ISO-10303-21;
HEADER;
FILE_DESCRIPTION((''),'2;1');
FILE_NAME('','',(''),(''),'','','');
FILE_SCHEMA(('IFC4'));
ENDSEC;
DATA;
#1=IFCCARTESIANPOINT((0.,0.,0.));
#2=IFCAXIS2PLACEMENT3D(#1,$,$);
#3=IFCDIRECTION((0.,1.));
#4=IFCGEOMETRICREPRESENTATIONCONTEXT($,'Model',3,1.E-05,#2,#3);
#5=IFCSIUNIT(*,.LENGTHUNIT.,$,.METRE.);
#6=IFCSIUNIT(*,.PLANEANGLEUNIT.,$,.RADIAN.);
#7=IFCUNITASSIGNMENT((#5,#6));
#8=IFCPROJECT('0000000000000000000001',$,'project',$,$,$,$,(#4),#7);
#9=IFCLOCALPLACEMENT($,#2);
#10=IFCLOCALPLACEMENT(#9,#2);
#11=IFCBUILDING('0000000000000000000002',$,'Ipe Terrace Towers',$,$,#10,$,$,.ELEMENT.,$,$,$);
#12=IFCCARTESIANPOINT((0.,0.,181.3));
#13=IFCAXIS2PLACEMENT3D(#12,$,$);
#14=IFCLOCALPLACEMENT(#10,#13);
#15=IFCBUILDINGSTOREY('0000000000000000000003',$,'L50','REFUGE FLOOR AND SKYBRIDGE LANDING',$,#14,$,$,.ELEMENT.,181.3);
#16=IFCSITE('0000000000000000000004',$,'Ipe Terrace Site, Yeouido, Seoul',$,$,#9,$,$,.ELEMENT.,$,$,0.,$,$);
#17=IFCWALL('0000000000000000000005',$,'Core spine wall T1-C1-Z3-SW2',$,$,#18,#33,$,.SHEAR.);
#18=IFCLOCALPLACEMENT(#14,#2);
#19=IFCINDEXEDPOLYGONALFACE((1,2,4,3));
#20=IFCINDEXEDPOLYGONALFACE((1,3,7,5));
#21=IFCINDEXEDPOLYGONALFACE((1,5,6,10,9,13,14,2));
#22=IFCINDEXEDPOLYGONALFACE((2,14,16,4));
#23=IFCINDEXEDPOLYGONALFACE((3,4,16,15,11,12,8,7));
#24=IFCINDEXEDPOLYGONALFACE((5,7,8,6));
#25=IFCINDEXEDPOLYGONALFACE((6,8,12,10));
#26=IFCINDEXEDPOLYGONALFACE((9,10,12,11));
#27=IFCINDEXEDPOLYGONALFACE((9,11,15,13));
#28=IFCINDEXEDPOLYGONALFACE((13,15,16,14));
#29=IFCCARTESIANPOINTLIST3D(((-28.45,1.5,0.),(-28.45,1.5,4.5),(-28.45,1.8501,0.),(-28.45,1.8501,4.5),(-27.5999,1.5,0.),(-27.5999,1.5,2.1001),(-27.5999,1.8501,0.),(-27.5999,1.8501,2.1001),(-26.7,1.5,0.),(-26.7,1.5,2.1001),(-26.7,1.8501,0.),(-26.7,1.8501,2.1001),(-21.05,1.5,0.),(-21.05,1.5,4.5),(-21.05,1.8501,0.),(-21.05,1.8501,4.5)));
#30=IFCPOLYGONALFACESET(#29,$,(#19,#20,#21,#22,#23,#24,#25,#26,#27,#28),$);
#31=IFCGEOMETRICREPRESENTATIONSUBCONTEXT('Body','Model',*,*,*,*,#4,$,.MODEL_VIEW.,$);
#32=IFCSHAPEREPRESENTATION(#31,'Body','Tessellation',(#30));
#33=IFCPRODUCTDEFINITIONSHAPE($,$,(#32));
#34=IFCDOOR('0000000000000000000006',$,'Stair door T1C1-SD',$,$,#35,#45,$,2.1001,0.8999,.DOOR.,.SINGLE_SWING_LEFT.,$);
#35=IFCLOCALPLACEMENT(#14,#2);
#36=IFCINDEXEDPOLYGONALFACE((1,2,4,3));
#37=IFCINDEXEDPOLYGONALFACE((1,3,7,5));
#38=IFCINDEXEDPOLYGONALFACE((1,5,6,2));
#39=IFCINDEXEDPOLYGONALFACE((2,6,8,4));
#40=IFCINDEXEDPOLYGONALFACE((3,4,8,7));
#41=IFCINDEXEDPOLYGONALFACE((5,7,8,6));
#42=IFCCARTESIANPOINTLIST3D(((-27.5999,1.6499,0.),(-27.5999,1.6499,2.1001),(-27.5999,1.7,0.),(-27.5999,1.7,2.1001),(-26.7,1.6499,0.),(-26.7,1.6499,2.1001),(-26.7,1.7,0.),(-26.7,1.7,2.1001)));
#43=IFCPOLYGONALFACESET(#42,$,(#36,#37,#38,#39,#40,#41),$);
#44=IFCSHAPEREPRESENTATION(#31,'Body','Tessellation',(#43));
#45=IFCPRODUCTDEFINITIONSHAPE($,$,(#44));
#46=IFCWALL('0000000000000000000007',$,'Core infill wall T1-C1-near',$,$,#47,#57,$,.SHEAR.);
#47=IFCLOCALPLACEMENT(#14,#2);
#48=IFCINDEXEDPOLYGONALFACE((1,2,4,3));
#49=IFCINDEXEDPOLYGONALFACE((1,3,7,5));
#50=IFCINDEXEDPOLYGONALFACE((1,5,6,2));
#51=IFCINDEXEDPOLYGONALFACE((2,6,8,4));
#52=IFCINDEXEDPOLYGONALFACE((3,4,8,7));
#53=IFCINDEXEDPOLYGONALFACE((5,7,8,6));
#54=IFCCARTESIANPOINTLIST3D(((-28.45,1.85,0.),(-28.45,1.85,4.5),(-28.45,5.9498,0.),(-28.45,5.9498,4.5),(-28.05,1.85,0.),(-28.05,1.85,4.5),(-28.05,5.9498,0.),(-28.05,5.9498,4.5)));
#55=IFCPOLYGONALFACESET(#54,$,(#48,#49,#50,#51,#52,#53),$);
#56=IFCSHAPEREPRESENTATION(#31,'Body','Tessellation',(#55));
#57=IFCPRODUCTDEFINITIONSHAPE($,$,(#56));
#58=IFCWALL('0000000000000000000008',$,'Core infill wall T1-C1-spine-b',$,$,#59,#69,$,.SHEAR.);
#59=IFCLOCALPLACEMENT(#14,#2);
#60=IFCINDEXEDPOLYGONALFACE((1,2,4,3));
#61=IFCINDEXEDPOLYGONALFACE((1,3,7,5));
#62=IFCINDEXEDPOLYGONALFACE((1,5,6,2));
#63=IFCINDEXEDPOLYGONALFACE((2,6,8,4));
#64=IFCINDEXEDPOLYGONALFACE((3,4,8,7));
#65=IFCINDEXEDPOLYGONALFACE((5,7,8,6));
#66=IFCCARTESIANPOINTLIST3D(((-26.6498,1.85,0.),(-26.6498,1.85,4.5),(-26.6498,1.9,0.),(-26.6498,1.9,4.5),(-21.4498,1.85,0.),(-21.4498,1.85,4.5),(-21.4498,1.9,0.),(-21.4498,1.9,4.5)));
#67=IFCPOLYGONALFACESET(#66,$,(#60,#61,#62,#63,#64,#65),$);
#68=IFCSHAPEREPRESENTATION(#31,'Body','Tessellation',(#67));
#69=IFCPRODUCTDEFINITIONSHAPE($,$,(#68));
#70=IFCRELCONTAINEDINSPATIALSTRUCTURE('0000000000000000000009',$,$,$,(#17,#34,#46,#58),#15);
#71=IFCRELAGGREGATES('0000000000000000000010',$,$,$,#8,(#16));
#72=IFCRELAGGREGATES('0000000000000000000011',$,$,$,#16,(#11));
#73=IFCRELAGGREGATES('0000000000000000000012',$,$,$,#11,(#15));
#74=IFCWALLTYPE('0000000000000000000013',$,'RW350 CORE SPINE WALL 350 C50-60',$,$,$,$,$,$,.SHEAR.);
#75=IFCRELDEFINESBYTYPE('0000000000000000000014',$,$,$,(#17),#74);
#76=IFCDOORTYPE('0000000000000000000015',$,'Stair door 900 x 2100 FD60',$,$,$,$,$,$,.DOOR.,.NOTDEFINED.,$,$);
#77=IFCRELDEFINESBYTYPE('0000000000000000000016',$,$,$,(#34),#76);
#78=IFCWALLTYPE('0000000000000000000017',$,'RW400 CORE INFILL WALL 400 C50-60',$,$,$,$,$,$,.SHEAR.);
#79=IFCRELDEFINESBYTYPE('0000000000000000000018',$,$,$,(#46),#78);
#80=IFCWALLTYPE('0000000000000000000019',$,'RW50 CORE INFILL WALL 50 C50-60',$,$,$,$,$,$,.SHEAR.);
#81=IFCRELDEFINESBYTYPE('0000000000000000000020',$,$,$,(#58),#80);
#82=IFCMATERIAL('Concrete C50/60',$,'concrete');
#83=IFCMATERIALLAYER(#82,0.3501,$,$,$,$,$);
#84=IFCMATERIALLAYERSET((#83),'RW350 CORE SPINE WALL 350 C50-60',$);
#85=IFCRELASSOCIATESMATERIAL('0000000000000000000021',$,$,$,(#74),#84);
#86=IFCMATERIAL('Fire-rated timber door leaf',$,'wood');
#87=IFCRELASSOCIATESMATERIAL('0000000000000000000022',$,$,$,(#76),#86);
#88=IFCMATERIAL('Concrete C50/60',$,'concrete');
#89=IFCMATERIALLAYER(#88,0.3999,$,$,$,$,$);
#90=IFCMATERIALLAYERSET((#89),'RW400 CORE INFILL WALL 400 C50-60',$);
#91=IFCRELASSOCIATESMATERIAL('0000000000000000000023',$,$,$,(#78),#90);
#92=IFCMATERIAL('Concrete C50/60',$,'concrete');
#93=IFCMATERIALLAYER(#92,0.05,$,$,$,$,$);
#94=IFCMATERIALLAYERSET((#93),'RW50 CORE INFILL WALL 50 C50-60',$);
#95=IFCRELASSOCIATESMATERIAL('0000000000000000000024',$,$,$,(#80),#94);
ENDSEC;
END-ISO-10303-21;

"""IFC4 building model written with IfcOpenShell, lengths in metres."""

from ifc_helpers import new_model, si_unit, direction, frame, frame_2d, origin, place, context, subcontext, project, spatial, rectangle, extrude, material, layer, layer_set, type_object, element, fill, save


model = new_model("IFC4")

# Units and contexts
model_context = context("Model", 3, precision=1e-05, world=origin(), true_north=direction((0.0, 1.0)))
body_context = subcontext(model_context, "Body", "Model", "MODEL_VIEW")
ifc_project = project(units=[si_unit("LENGTHUNIT", "METRE"), si_unit("PLANEANGLEUNIT", "RADIAN")], contexts=[model_context])

# Site, building, storey
site_placement = place(None, origin())
site = spatial("IfcSite", under=ifc_project, at=site_placement, Name="Ipe Terrace Site, Yeouido, Seoul", CompositionType="ELEMENT", RefElevation=0.0)
building_placement = place(site_placement, origin())
building = spatial("IfcBuilding", under=site, at=building_placement, Name="Ipe Terrace Towers", CompositionType="ELEMENT")
storey_placement = place(building_placement, frame((0.0, 0.0, 181.3)))
storey = spatial("IfcBuildingStorey", under=building, at=storey_placement, Name="L50", Description="REFUGE FLOOR AND SKYBRIDGE LANDING", CompositionType="ELEMENT", Elevation=181.3)

# Shared definitions
ifc_material_1 = material(Name="Concrete C50/60", Category="concrete")
ifc_layer_1 = layer(ifc_material_1, 0.3501)
ifc_layer_set_1 = layer_set([ifc_layer_1], Name="RW350 CORE SPINE WALL 350 C50-60")
wall_type_1 = type_object("IfcWallType", Name="RW350 CORE SPINE WALL 350 C50-60", PredefinedType="SHEAR", material=ifc_layer_set_1)

# Wall, opening, door
wall_1_placement = place(storey_placement, frame((-28.45, 1.675, 0.0), z_axis=(0.0, 0.0, 1.0), x_axis=(1.0, 0.0, 0.0)))
wall_1 = element("IfcWall", 1, at=wall_1_placement, inside=storey, type_object=wall_type_1, Name="Core spine wall T1-C1-Z3-SW2", PredefinedType="SHEAR", context=body_context, shape_type="SweptSolid", body=[
    extrude(rectangle(XDim=7.3999, YDim=0.3501, at=frame_2d((3.7, 0.0))), origin(), (0.0, 0.0, 1.0), 4.5),
])
opening_1_placement = place(wall_1_placement, frame((0.8501, 0.0, 0.0)))
opening_1 = element("IfcOpeningElement", 2, at=opening_1_placement, cuts=wall_1, PredefinedType="OPENING", context=body_context, shape_type="SweptSolid", body=[
    extrude(rectangle(XDim=0.8999, YDim=2.1001, at=frame_2d((0.45, 1.05))), frame((0.0, 0.1851, 0.0), z_axis=(0.0, -1.0, 0.0), x_axis=(1.0, 0.0, 0.0)), (0.0, 0.0, 1.0), 0.3701),
])
ifc_material_2 = material(Name="Fire-rated timber door leaf", Category="wood")
door_type_1 = type_object("IfcDoorType", Name="Stair door 900 x 2100 FD60", OperationType="NOTDEFINED", PredefinedType="DOOR", material=ifc_material_2)
door_1_placement = place(opening_1_placement, origin())
door_1 = element("IfcDoor", 3, at=door_1_placement, inside=storey, type_object=door_type_1, Name="Stair door T1C1-SD", OperationType="SINGLE_SWING_LEFT", OverallHeight=2.1001, OverallWidth=0.8999, PredefinedType="DOOR", context=body_context, shape_type="SweptSolid", body=[
    extrude(rectangle(XDim=0.8999, YDim=2.1001, at=frame_2d((0.45, 1.05))), frame((0.0, 0.0249, 0.0), z_axis=(0.0, -1.0, 0.0), x_axis=(1.0, 0.0, 0.0)), (0.0, 0.0, 1.0), 0.05),
])
fill(opening_1, door_1)

# Walls
ifc_material_3 = material(Name="Concrete C50/60", Category="concrete")
ifc_layer_2 = layer(ifc_material_3, 0.3999)
ifc_layer_set_2 = layer_set([ifc_layer_2], Name="RW400 CORE INFILL WALL 400 C50-60")
wall_type_2 = type_object("IfcWallType", Name="RW400 CORE INFILL WALL 400 C50-60", PredefinedType="SHEAR", material=ifc_layer_set_2)
wall_2_placement = place(storey_placement, frame((-28.25, 1.8501, 0.0), z_axis=(0.0, 0.0, 1.0), x_axis=(0.0, 1.0, 0.0)))
element("IfcWall", 4, at=wall_2_placement, inside=storey, type_object=wall_type_2, Name="Core infill wall T1-C1-near", PredefinedType="SHEAR", context=body_context, shape_type="SweptSolid", body=[
    extrude(rectangle(XDim=4.0999, YDim=0.3999, at=frame_2d((2.0498, 0.0))), origin(), (0.0, 0.0, 1.0), 4.5),
])
ifc_material_4 = material(Name="Concrete C50/60", Category="concrete")
ifc_layer_3 = layer(ifc_material_4, 0.05)
ifc_layer_set_3 = layer_set([ifc_layer_3], Name="RW50 CORE INFILL WALL 50 C50-60")
wall_type_3 = type_object("IfcWallType", Name="RW50 CORE INFILL WALL 50 C50-60", PredefinedType="SHEAR", material=ifc_layer_set_3)
wall_3_placement = place(storey_placement, frame((-26.6499, 1.875, 0.0), z_axis=(0.0, 0.0, 1.0), x_axis=(1.0, 0.0, 0.0)))
element("IfcWall", 5, at=wall_3_placement, inside=storey, type_object=wall_type_3, Name="Core infill wall T1-C1-spine-b", PredefinedType="SHEAR", context=body_context, shape_type="SweptSolid", body=[
    extrude(rectangle(XDim=5.2, YDim=0.05, at=frame_2d((2.6001, 0.0))), origin(), (0.0, 0.0, 1.0), 4.5),
])

save(model, "model.ifc")
